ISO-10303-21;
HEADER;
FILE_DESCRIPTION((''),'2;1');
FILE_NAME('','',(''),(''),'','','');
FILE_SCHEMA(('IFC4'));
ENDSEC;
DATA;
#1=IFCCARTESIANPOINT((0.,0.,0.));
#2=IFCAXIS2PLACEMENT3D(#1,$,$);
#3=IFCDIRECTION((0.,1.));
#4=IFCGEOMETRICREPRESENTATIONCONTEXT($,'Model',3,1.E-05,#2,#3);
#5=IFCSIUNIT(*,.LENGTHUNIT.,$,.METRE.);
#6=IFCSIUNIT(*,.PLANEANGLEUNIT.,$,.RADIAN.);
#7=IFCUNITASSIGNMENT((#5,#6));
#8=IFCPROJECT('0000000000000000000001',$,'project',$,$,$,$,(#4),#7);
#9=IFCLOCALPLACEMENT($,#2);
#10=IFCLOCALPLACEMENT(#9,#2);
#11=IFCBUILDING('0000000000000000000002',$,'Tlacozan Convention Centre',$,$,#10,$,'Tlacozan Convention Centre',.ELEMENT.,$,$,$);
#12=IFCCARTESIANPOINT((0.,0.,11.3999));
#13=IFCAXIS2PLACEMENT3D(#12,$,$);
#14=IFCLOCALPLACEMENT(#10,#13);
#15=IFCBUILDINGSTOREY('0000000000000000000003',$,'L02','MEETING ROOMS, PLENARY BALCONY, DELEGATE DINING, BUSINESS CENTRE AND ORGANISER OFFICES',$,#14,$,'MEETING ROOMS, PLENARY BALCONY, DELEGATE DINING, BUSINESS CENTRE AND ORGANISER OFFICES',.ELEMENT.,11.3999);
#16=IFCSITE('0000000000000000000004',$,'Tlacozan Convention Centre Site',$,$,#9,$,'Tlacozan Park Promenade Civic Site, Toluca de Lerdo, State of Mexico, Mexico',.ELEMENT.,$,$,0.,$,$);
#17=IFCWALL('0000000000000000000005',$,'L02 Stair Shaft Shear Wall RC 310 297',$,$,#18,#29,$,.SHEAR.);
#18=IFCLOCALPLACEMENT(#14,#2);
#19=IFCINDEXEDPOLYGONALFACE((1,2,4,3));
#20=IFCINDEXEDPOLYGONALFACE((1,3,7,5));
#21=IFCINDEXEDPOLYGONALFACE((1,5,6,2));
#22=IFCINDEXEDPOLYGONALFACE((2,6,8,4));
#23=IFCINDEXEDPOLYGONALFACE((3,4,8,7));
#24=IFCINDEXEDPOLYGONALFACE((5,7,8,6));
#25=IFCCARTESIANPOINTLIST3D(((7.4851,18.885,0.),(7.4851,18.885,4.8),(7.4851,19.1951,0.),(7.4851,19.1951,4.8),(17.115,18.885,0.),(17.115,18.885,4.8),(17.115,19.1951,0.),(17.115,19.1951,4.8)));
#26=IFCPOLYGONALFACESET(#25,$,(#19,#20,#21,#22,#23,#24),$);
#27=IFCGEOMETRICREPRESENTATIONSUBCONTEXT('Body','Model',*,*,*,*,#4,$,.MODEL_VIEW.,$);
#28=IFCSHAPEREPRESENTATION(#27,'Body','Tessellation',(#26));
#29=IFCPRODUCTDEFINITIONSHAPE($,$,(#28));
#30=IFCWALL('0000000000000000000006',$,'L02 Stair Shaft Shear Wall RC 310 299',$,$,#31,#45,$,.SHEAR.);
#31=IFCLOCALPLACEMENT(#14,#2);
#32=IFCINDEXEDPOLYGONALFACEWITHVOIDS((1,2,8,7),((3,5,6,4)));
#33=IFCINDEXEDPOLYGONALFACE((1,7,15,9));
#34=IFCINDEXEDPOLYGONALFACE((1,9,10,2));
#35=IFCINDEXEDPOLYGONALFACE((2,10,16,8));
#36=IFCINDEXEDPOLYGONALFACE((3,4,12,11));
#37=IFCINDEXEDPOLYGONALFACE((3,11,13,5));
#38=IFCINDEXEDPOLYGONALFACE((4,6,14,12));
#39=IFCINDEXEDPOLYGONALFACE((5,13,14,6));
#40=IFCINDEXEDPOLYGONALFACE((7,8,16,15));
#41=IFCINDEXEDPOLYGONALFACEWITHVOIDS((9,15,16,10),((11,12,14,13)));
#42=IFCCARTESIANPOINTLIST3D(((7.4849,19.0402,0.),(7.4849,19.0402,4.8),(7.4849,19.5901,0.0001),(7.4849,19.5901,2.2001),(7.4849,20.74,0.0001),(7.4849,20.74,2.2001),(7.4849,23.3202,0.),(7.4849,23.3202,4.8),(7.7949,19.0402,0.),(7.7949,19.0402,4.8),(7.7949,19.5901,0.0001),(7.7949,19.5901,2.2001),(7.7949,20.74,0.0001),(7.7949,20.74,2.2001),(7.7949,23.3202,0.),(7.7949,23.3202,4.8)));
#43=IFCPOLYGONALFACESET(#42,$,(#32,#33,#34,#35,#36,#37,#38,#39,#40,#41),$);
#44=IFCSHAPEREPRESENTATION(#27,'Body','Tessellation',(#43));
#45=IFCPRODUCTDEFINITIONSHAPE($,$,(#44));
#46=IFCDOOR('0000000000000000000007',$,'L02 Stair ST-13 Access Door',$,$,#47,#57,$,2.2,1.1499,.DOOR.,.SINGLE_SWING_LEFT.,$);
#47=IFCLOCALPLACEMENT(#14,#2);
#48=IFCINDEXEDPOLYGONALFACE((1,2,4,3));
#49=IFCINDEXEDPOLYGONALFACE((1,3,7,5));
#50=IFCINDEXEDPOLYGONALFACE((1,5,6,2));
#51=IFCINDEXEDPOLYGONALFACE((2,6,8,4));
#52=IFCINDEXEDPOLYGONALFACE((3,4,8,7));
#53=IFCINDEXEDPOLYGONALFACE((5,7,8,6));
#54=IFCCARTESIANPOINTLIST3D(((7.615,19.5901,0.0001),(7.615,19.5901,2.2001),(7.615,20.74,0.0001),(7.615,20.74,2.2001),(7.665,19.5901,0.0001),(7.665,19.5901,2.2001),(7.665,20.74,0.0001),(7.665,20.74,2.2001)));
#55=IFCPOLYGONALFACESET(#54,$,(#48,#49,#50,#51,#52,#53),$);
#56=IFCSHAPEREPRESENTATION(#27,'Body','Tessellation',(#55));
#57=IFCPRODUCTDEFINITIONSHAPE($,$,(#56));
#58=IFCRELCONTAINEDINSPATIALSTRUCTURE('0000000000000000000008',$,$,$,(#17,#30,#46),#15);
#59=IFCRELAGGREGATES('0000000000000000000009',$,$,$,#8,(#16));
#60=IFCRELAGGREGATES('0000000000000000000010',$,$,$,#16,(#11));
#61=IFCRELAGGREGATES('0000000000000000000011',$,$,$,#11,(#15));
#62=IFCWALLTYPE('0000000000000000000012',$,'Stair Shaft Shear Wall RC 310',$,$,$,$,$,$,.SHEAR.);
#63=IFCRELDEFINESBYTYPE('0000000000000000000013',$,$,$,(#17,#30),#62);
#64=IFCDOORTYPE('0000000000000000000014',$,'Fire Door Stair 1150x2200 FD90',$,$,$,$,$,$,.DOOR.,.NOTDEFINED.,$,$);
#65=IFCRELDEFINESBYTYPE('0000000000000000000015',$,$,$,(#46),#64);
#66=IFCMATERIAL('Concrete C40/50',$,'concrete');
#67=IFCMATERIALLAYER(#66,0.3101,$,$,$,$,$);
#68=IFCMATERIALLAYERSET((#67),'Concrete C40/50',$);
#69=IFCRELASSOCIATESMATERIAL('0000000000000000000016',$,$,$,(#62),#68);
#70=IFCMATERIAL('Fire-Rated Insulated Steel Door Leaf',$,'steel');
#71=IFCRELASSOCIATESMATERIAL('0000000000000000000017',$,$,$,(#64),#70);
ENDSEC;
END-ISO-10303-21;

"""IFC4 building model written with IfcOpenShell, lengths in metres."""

from ifc_helpers import new_model, si_unit, direction, frame, frame_2d, origin, place, context, subcontext, project, spatial, rectangle, extrude, material, layer, layer_set, type_object, element, fill, save


model = new_model("IFC4")

# Units and contexts
model_context = context("Model", 3, precision=1e-05, world=origin(), true_north=direction((0.0, 1.0)))
body_context = subcontext(model_context, "Body", "Model", "MODEL_VIEW")
ifc_project = project(units=[si_unit("LENGTHUNIT", "METRE"), si_unit("PLANEANGLEUNIT", "RADIAN")], contexts=[model_context])

# Site, building, storey
site_placement = place(None, origin())
site = spatial("IfcSite", under=ifc_project, at=site_placement, Name="Tlacozan Convention Centre Site", LongName="Tlacozan Park Promenade Civic Site, Toluca de Lerdo, State of Mexico, Mexico", CompositionType="ELEMENT", RefElevation=0.0)
building_placement = place(site_placement, origin())
building = spatial("IfcBuilding", under=site, at=building_placement, Name="Tlacozan Convention Centre", LongName="Tlacozan Convention Centre", CompositionType="ELEMENT")
storey_placement = place(building_placement, frame((0.0, 0.0, 11.3999)))
storey = spatial("IfcBuildingStorey", under=building, at=storey_placement, Name="L02", Description="MEETING ROOMS, PLENARY BALCONY, DELEGATE DINING, BUSINESS CENTRE AND ORGANISER OFFICES", LongName="MEETING ROOMS, PLENARY BALCONY, DELEGATE DINING, BUSINESS CENTRE AND ORGANISER OFFICES", CompositionType="ELEMENT", Elevation=11.3999)

# Shared definitions
ifc_material_1 = material(Name="Concrete C40/50", Category="concrete")

# Wall
ifc_layer_1 = layer(ifc_material_1, 0.3101)
ifc_layer_set_1 = layer_set([ifc_layer_1], Name="Concrete C40/50")
wall_type_1 = type_object("IfcWallType", Name="Stair Shaft Shear Wall RC 310", PredefinedType="SHEAR", material=ifc_layer_set_1)
wall_1_placement = place(storey_placement, frame((7.4851, 19.04, 0.0), z_axis=(0.0, 0.0, 1.0), x_axis=(1.0, 0.0, 0.0)))
element("IfcWall", 1, at=wall_1_placement, inside=storey, type_object=wall_type_1, Name="L02 Stair Shaft Shear Wall RC 310 297", PredefinedType="SHEAR", context=body_context, shape_type="SweptSolid", body=[
    extrude(rectangle(XDim=9.6299, YDim=0.3101, at=frame_2d((4.8149, 0.0))), origin(), (0.0, 0.0, 1.0), 4.8),
])

# Wall, opening, door
wall_2_placement = place(storey_placement, frame((7.6399, 19.04, 0.0), z_axis=(0.0, 0.0, 1.0), x_axis=(0.0, 1.0, 0.0)))
wall_2 = element("IfcWall", 2, at=wall_2_placement, inside=storey, type_object=wall_type_1, Name="L02 Stair Shaft Shear Wall RC 310 299", PredefinedType="SHEAR", context=body_context, shape_type="SweptSolid", body=[
    extrude(rectangle(XDim=4.28, YDim=0.3101, at=frame_2d((2.1401, 0.0))), origin(), (0.0, 0.0, 1.0), 4.8),
])
opening_1_placement = place(wall_2_placement, frame((0.55, 0.0, 0.0)))
opening_1 = element("IfcOpeningElement", 3, at=opening_1_placement, cuts=wall_2, PredefinedType="OPENING", context=body_context, shape_type="SweptSolid", body=[
    extrude(rectangle(XDim=1.1499, YDim=2.2, at=frame_2d((0.575, 1.1001))), frame((0.0, 0.165, 0.0), z_axis=(0.0, -1.0, 0.0), x_axis=(1.0, 0.0, 0.0)), (0.0, 0.0, 1.0), 0.3301),
])
ifc_material_2 = material(Name="Fire-Rated Insulated Steel Door Leaf", Category="steel")
door_type_1 = type_object("IfcDoorType", Name="Fire Door Stair 1150x2200 FD90", OperationType="NOTDEFINED", PredefinedType="DOOR", material=ifc_material_2)
door_1_placement = place(opening_1_placement, origin())
door_1 = element("IfcDoor", 4, at=door_1_placement, inside=storey, type_object=door_type_1, Name="L02 Stair ST-13 Access Door", OperationType="SINGLE_SWING_LEFT", OverallHeight=2.2, OverallWidth=1.1499, PredefinedType="DOOR", context=body_context, shape_type="SweptSolid", body=[
    extrude(rectangle(XDim=1.1499, YDim=2.2, at=frame_2d((0.575, 1.1001))), frame((0.0, 0.0249, 0.0), z_axis=(0.0, -1.0, 0.0), x_axis=(1.0, 0.0, 0.0)), (0.0, 0.0, 1.0), 0.05),
])
fill(opening_1, door_1)

save(model, "model.ifc")
